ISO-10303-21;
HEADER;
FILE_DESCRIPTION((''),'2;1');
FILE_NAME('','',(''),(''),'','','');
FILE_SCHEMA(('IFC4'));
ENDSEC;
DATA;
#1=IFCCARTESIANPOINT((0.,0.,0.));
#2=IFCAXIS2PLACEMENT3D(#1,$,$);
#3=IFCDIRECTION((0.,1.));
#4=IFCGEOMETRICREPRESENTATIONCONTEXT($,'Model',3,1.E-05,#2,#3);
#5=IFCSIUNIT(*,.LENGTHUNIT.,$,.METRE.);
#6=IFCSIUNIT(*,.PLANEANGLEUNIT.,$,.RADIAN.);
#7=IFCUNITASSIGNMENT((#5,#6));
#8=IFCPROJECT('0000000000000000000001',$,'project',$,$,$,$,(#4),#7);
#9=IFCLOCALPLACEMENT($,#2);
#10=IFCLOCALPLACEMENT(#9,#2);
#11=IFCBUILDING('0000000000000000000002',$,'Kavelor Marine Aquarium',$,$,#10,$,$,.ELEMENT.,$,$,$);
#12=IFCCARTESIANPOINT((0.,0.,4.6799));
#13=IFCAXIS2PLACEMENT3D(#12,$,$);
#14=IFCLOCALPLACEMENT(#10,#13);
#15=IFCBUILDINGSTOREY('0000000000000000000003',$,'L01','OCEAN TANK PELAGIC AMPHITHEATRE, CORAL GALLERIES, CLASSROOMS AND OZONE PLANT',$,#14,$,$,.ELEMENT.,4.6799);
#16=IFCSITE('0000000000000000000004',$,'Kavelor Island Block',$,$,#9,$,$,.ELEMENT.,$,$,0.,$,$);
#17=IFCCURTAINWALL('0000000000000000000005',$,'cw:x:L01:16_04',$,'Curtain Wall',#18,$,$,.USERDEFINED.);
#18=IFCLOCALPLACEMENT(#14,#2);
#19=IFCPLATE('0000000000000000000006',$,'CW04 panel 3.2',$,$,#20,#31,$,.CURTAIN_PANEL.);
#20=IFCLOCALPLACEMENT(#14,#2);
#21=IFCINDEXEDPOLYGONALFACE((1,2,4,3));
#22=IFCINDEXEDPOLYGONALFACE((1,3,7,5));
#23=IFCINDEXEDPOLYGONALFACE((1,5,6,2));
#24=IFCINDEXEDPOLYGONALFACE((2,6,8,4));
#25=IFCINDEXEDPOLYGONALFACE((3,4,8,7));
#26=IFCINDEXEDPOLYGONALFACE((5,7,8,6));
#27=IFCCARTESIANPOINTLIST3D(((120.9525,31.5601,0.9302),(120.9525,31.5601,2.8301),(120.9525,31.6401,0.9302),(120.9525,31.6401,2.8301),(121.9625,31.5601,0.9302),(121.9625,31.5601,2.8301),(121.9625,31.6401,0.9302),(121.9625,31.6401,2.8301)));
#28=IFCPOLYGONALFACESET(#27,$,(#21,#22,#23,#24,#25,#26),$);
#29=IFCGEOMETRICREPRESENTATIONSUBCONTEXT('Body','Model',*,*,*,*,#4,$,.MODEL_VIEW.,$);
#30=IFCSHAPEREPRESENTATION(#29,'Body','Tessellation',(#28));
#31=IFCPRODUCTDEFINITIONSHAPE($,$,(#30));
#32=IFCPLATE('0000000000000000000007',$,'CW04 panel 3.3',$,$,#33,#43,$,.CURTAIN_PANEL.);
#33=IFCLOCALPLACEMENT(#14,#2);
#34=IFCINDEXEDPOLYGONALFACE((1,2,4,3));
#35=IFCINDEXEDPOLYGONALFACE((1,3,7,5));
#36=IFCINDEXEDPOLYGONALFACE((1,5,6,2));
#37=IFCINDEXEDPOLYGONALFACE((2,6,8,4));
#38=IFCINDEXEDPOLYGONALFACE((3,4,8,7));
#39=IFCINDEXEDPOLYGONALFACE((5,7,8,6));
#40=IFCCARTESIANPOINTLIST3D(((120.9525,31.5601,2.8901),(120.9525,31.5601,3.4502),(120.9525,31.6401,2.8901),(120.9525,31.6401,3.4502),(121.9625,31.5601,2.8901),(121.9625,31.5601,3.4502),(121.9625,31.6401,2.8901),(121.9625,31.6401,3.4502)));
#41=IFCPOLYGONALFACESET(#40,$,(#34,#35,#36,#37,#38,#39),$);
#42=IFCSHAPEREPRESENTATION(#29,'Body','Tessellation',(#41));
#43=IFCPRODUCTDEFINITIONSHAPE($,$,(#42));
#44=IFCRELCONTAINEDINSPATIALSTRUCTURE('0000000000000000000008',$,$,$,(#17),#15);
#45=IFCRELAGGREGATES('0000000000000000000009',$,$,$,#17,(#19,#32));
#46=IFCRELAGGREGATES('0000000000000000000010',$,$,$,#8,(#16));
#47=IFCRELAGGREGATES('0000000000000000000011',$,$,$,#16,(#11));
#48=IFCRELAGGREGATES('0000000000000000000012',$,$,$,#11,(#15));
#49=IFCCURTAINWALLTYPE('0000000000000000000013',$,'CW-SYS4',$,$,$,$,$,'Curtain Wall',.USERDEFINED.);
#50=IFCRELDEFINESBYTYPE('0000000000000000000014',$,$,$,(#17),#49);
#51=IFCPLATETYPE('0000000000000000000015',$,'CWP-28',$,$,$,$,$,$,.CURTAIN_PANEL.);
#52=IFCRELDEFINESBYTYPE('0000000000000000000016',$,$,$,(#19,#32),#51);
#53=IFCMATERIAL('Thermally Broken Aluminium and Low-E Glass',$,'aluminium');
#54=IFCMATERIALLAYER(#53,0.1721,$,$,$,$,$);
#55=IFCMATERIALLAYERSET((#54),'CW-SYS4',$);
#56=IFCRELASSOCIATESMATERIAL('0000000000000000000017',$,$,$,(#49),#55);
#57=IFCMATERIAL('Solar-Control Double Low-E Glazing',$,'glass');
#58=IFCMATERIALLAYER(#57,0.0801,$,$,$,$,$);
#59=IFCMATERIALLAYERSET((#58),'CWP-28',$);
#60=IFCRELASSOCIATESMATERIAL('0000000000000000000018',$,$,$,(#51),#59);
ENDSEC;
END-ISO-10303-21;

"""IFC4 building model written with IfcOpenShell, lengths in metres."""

from ifc_helpers import new_model, si_unit, direction, frame, origin, origin_2d, place, context, subcontext, project, spatial, rectangle, extrude, material, layer, layer_set, type_object, element, aggregate, save


model = new_model("IFC4")

# Units and contexts
model_context = context("Model", 3, precision=1e-05, world=origin(), true_north=direction((0.0, 1.0)))
body_context = subcontext(model_context, "Body", "Model", "MODEL_VIEW")
ifc_project = project(units=[si_unit("LENGTHUNIT", "METRE"), si_unit("PLANEANGLEUNIT", "RADIAN")], contexts=[model_context])

# Site, building, storey
site_placement = place(None, origin())
site = spatial("IfcSite", under=ifc_project, at=site_placement, Name="Kavelor Island Block", CompositionType="ELEMENT", RefElevation=0.0)
building_placement = place(site_placement, origin())
building = spatial("IfcBuilding", under=site, at=building_placement, Name="Kavelor Marine Aquarium", CompositionType="ELEMENT")
storey_placement = place(building_placement, frame((0.0, 0.0, 4.6799)))
storey = spatial("IfcBuildingStorey", under=building, at=storey_placement, Name="L01", Description="OCEAN TANK PELAGIC AMPHITHEATRE, CORAL GALLERIES, CLASSROOMS AND OZONE PLANT", CompositionType="ELEMENT", Elevation=4.6799)

# Curtain wall
ifc_material_1 = material(Name="Thermally Broken Aluminium and Low-E Glass", Category="aluminium")
ifc_layer_1 = layer(ifc_material_1, 0.1721)
ifc_layer_set_1 = layer_set([ifc_layer_1], Name="CW-SYS4")
curtain_wall_type = type_object("IfcCurtainWallType", Name="CW-SYS4", ElementType="Curtain Wall", PredefinedType="USERDEFINED", material=ifc_layer_set_1)
curtain_wall_placement = place(storey_placement, origin())
curtain_wall = element("IfcCurtainWall", 1, at=curtain_wall_placement, inside=storey, type_object=curtain_wall_type, Name="cw:x:L01:16_04", ObjectType="Curtain Wall", PredefinedType="USERDEFINED")

# Plates
ifc_material_2 = material(Name="Solar-Control Double Low-E Glazing", Category="glass")
ifc_layer_2 = layer(ifc_material_2, 0.0801)
ifc_layer_set_2 = layer_set([ifc_layer_2], Name="CWP-28")
plate_type = type_object("IfcPlateType", Name="CWP-28", PredefinedType="CURTAIN_PANEL", material=ifc_layer_set_2)
plate_1_placement = place(storey_placement, frame((121.4575, 31.6001, 0.9302), z_axis=(0.0, 0.0, 1.0), x_axis=(1.0, 0.0, 0.0)))
plate_1 = element("IfcPlate", 2, at=plate_1_placement, type_object=plate_type, Name="CW04 panel 3.2", PredefinedType="CURTAIN_PANEL", context=body_context, shape_type="SweptSolid", body=[
    extrude(rectangle(XDim=1.01, YDim=0.0801, at=origin_2d()), origin(), (0.0, 0.0, 1.0), 1.8999),
])
plate_2_placement = place(storey_placement, frame((121.4575, 31.6001, 2.8901), z_axis=(0.0, 0.0, 1.0), x_axis=(1.0, 0.0, 0.0)))
plate_2 = element("IfcPlate", 3, at=plate_2_placement, type_object=plate_type, Name="CW04 panel 3.3", PredefinedType="CURTAIN_PANEL", context=body_context, shape_type="SweptSolid", body=[
    extrude(rectangle(XDim=1.01, YDim=0.0801, at=origin_2d()), origin(), (0.0, 0.0, 1.0), 0.5601),
])
aggregate(curtain_wall, [plate_1, plate_2])

save(model, "model.ifc")
